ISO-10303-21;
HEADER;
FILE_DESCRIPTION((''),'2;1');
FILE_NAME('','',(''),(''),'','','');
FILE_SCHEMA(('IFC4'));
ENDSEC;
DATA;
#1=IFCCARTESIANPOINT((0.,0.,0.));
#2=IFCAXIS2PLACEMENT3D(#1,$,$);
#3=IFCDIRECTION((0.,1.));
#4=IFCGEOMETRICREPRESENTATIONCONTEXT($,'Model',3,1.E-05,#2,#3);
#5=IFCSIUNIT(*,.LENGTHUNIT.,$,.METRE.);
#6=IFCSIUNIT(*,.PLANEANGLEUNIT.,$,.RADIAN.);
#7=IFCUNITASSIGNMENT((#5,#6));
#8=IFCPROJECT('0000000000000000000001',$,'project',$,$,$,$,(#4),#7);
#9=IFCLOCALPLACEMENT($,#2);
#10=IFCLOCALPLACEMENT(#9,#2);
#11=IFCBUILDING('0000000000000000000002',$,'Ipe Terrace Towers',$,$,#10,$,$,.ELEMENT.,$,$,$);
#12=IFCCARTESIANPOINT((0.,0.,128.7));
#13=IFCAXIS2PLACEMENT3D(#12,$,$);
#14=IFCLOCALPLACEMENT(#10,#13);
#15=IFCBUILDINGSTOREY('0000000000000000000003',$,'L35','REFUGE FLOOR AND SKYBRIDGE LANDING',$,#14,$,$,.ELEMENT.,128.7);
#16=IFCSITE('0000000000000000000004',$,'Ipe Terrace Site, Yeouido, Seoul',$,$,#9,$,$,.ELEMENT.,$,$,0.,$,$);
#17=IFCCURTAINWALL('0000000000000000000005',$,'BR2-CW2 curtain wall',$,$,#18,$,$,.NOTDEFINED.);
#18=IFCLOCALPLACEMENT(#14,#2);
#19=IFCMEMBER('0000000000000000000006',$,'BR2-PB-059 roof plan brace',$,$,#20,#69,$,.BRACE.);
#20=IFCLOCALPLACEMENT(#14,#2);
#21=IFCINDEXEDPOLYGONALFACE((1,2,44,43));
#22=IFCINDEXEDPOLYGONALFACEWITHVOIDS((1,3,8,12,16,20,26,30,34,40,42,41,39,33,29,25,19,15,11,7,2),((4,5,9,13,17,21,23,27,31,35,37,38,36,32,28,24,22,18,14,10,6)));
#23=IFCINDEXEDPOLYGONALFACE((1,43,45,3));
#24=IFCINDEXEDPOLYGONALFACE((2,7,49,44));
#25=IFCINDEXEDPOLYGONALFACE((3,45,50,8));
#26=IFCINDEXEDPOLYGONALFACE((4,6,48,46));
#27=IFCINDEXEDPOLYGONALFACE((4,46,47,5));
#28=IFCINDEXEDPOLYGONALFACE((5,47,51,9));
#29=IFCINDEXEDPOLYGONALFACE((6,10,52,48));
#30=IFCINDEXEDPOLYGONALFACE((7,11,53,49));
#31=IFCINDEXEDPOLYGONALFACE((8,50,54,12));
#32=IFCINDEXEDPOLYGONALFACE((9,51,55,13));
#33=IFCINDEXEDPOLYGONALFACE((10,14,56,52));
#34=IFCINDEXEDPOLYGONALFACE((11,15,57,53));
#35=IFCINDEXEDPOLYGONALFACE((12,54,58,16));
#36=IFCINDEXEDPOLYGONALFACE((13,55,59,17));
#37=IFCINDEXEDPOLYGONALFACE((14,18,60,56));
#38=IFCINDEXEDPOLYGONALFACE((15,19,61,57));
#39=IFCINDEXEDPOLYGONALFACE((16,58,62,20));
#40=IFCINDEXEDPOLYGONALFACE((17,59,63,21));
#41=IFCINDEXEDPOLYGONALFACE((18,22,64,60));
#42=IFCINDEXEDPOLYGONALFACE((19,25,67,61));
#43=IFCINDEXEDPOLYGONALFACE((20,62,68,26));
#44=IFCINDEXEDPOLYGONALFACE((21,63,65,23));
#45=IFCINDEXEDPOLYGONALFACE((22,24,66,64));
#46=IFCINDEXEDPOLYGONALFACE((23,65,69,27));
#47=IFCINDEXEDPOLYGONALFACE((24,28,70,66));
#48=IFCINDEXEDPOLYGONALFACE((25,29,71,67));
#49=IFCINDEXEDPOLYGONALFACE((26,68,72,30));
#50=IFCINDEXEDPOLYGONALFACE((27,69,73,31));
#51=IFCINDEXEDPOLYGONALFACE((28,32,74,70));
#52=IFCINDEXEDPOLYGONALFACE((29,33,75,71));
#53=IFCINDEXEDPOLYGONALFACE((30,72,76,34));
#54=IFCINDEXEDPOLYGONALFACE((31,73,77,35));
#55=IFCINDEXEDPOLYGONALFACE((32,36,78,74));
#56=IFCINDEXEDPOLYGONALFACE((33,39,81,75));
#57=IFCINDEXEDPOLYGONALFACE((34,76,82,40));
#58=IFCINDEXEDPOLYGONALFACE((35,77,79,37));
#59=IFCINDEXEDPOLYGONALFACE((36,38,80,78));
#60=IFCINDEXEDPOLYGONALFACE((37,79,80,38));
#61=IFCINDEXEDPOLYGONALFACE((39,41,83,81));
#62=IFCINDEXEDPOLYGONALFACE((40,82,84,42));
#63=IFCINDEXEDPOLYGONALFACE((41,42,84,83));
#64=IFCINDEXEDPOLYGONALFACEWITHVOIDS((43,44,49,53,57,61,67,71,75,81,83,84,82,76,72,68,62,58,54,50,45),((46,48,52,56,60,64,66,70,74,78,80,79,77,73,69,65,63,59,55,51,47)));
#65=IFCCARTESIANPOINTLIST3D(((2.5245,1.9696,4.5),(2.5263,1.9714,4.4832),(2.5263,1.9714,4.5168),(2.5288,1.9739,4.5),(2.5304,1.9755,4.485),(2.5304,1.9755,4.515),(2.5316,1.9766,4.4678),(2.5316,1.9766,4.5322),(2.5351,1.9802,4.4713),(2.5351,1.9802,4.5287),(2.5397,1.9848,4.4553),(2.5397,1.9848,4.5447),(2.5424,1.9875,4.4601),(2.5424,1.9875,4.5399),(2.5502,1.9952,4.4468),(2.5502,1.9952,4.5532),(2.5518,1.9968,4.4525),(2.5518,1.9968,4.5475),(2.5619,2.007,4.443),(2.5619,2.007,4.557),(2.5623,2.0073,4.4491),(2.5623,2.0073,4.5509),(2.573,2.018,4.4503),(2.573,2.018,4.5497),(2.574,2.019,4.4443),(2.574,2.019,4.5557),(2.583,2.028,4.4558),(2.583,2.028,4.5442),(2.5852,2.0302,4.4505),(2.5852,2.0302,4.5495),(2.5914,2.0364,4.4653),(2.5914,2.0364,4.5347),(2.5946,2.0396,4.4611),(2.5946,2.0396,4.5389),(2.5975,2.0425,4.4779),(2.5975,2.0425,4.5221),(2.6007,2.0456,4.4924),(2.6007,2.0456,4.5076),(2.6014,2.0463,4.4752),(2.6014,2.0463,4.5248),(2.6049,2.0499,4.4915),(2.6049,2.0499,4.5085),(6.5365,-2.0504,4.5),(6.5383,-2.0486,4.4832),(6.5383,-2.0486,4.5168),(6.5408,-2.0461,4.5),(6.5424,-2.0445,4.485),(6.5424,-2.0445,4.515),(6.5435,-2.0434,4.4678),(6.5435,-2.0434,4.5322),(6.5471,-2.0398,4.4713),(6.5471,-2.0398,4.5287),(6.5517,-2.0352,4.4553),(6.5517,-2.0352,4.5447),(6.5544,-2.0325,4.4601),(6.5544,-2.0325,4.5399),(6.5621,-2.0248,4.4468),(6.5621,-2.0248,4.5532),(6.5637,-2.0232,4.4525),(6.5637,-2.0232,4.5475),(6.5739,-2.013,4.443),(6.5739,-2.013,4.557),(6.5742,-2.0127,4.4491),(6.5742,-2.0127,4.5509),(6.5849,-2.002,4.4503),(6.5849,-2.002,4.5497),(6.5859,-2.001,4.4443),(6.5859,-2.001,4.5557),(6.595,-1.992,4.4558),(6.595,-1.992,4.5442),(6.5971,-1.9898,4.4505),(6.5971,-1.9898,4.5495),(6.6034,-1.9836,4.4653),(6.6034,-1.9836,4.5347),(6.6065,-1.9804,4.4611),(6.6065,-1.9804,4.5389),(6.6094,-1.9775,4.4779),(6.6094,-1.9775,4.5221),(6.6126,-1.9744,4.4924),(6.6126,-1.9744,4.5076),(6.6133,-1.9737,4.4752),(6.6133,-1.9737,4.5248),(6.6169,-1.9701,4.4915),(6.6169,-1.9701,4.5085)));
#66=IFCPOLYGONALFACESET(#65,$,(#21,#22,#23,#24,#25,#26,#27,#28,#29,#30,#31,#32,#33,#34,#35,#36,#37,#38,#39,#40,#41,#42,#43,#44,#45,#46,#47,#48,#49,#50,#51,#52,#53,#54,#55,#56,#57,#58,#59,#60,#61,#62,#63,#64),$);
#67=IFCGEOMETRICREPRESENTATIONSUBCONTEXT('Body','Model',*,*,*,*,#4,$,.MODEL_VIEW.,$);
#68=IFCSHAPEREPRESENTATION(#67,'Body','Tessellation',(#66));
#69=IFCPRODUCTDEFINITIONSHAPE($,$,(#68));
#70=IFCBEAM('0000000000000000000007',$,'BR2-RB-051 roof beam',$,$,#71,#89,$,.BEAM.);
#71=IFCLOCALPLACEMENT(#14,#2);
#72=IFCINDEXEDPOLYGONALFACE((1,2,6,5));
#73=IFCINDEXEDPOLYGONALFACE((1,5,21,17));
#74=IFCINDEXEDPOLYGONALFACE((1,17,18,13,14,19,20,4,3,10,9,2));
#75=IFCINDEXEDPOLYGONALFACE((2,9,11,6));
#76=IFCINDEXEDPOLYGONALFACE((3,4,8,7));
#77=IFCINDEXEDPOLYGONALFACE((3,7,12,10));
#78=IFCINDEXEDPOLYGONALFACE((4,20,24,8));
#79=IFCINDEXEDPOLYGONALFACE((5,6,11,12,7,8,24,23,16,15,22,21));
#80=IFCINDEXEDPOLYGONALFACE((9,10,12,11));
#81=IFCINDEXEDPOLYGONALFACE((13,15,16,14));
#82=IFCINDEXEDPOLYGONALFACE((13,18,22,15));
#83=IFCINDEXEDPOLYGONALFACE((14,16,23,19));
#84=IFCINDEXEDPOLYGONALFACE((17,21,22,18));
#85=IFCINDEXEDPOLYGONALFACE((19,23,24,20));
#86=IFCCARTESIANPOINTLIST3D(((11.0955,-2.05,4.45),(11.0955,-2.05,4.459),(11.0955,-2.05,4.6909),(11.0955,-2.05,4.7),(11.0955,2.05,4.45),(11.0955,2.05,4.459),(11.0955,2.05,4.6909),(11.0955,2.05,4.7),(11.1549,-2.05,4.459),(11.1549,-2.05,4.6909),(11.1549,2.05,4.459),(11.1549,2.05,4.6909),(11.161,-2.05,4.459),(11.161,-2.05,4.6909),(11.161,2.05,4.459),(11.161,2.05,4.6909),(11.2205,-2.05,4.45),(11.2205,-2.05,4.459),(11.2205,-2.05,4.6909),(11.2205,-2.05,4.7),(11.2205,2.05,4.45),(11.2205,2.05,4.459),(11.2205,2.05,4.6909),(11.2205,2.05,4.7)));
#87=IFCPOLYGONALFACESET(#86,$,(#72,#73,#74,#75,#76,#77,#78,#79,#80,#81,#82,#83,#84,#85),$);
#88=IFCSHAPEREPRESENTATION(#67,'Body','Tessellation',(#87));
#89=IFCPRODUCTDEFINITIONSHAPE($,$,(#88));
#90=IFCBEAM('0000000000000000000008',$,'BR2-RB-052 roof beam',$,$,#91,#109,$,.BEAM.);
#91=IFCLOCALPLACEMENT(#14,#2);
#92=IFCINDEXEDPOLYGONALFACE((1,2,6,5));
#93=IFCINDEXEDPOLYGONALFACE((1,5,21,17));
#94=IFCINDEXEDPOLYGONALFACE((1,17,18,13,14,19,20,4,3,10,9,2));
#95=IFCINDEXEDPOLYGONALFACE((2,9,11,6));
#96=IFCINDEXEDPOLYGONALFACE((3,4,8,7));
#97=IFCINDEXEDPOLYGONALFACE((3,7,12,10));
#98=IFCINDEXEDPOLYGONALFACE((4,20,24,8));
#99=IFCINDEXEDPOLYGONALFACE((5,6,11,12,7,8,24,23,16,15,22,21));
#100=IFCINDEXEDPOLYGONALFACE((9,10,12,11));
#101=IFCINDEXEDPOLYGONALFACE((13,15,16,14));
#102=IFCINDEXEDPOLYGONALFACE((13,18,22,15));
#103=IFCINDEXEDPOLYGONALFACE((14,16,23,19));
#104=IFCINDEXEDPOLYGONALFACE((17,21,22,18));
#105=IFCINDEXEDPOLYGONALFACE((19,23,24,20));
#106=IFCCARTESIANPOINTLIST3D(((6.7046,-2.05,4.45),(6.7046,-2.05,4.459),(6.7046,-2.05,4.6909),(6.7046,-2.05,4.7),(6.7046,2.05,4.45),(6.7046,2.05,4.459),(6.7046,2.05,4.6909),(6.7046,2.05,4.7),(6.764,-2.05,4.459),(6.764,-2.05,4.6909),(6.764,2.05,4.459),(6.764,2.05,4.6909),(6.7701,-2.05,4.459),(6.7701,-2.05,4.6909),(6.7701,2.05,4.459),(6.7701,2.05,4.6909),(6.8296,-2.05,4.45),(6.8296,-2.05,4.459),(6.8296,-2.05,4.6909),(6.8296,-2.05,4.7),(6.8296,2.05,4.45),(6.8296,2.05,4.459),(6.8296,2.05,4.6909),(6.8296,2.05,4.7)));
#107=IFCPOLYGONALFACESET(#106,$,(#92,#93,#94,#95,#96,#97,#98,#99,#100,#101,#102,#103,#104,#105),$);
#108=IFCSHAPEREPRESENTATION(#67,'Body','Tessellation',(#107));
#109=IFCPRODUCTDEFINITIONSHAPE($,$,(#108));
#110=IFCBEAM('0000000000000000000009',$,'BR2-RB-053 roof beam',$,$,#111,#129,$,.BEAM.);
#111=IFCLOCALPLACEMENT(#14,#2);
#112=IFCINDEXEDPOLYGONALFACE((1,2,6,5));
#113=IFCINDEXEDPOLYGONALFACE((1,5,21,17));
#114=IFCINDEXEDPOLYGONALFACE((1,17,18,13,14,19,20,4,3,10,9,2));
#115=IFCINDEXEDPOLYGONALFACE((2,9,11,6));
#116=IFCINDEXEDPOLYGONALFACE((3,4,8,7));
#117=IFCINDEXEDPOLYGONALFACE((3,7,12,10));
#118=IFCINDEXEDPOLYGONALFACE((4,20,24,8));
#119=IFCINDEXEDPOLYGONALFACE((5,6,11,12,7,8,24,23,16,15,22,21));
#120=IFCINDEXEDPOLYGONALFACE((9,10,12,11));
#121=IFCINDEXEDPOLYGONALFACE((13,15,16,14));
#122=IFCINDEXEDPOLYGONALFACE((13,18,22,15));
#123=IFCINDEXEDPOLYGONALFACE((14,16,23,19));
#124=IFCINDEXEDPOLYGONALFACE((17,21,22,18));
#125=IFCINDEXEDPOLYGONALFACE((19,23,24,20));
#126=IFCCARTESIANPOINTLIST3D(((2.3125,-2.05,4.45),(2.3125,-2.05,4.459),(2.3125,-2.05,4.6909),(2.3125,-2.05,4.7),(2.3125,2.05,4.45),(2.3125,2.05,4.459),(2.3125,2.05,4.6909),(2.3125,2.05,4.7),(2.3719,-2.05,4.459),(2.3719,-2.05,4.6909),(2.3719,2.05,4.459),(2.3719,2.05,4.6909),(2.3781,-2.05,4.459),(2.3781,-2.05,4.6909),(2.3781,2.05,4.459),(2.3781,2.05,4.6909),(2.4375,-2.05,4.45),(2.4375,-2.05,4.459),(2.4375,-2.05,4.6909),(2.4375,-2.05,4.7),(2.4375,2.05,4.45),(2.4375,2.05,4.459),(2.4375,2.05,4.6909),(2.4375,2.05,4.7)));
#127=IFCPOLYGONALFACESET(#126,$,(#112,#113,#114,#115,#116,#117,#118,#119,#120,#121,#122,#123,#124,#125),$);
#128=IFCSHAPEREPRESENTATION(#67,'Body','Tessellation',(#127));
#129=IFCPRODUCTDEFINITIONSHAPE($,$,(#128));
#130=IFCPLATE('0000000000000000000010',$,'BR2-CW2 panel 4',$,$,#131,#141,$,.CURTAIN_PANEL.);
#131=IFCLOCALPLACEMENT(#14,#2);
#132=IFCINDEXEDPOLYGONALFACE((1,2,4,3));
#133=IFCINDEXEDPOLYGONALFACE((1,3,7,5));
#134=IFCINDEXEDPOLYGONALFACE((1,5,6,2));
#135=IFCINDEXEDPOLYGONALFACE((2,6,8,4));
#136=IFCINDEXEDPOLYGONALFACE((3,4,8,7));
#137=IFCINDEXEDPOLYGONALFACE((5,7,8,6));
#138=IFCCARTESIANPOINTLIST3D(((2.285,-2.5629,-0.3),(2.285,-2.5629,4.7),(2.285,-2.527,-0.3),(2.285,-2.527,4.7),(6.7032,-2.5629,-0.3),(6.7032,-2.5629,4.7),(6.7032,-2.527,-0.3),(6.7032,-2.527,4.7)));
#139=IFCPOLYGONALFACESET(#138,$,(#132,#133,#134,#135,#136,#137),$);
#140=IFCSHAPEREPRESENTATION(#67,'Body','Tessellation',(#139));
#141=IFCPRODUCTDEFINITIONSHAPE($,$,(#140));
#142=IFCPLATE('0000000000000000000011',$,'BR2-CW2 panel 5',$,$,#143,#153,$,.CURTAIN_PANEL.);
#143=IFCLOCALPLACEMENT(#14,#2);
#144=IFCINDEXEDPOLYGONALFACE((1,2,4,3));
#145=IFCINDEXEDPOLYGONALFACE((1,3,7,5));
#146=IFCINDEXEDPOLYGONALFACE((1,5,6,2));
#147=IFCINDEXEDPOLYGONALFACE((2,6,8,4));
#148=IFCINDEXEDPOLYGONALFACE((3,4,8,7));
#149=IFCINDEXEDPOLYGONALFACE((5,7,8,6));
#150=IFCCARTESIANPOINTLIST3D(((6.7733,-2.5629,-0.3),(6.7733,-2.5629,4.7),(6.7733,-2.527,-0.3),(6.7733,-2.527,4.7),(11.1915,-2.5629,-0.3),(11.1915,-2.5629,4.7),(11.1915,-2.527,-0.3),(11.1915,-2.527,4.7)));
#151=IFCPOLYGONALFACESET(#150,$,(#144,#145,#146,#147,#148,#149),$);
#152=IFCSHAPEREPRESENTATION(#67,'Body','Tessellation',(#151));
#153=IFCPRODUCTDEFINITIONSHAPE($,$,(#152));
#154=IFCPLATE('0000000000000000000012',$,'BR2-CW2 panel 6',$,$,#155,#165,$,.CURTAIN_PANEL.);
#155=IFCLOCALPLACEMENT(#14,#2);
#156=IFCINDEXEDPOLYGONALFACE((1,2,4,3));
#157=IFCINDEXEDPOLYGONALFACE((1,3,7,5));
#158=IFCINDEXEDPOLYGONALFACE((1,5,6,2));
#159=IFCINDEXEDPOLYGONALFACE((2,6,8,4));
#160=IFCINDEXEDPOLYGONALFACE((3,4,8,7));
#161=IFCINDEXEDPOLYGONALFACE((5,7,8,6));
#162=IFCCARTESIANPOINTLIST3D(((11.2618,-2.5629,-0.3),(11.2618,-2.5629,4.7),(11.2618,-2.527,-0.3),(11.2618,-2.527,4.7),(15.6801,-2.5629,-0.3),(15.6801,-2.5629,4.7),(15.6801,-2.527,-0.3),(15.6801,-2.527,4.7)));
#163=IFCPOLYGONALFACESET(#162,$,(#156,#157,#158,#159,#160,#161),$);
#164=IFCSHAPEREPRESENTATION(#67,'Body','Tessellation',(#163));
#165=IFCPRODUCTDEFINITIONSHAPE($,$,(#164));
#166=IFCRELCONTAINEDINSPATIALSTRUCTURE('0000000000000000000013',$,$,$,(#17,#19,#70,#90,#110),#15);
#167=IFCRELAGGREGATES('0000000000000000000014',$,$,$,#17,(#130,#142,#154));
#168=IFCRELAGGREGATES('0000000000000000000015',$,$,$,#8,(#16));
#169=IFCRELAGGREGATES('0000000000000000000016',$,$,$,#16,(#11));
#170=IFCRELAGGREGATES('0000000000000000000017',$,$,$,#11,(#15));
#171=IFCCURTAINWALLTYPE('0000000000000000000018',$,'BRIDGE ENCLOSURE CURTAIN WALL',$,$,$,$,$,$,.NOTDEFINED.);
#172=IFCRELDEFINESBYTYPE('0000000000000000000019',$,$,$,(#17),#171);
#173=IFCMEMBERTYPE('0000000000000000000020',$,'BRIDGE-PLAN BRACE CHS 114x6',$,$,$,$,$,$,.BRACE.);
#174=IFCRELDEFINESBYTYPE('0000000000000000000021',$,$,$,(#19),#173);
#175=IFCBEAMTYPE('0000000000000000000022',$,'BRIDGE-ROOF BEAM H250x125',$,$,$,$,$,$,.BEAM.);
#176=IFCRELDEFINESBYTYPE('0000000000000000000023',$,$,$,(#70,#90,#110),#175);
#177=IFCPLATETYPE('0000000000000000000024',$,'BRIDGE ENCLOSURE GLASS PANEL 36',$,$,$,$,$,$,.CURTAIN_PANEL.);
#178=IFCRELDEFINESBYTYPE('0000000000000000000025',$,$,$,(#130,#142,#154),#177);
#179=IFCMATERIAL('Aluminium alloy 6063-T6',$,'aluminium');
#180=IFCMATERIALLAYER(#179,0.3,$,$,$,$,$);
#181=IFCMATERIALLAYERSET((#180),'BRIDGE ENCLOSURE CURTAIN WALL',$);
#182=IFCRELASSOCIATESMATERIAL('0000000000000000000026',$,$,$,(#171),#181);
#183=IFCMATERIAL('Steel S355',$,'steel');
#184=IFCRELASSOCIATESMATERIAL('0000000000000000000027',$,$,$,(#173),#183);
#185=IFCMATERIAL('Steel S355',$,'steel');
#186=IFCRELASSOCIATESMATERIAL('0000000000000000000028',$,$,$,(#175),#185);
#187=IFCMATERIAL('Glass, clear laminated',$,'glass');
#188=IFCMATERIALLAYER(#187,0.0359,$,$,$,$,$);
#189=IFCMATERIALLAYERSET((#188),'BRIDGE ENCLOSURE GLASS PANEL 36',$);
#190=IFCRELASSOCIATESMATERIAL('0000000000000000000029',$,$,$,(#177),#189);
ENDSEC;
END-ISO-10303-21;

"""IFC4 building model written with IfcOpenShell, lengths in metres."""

from ifc_helpers import new_model, si_unit, direction, frame, origin, origin_2d, place, context, subcontext, project, spatial, rectangle, hollow_circle, i_section, extrude, material, layer, layer_set, material_profile, profile_set, type_object, element, aggregate, save


model = new_model("IFC4")

# Units and contexts
model_context = context("Model", 3, precision=1e-05, world=origin(), true_north=direction((0.0, 1.0)))
body_context = subcontext(model_context, "Body", "Model", "MODEL_VIEW")
ifc_project = project(units=[si_unit("LENGTHUNIT", "METRE"), si_unit("PLANEANGLEUNIT", "RADIAN")], contexts=[model_context])

# Site, building, storey
site_placement = place(None, origin())
site = spatial("IfcSite", under=ifc_project, at=site_placement, Name="Ipe Terrace Site, Yeouido, Seoul", CompositionType="ELEMENT", RefElevation=0.0)
building_placement = place(site_placement, origin())
building = spatial("IfcBuilding", under=site, at=building_placement, Name="Ipe Terrace Towers", CompositionType="ELEMENT")
storey_placement = place(building_placement, frame((0.0, 0.0, 128.7)))
storey = spatial("IfcBuildingStorey", under=building, at=storey_placement, Name="L35", Description="REFUGE FLOOR AND SKYBRIDGE LANDING", CompositionType="ELEMENT", Elevation=128.7)

# Curtain wall
ifc_material_1 = material(Name="Aluminium alloy 6063-T6", Category="aluminium")
ifc_layer_1 = layer(ifc_material_1, 0.3)
ifc_layer_set_1 = layer_set([ifc_layer_1], Name="BRIDGE ENCLOSURE CURTAIN WALL")
curtain_wall_type = type_object("IfcCurtainWallType", Name="BRIDGE ENCLOSURE CURTAIN WALL", PredefinedType="NOTDEFINED", material=ifc_layer_set_1)
curtain_wall_placement = place(storey_placement, origin())
curtain_wall = element("IfcCurtainWall", 1, at=curtain_wall_placement, inside=storey, type_object=curtain_wall_type, Name="BR2-CW2 curtain wall", PredefinedType="NOTDEFINED")

# Member
ifc_material_2 = material(Name="Steel S355", Category="steel")
ifc_material_profile_1 = material_profile(ifc_material_2, hollow_circle(Radius=0.0571, WallThickness=0.0061, at=origin_2d()), Name="BRIDGE-PLAN BRACE CHS 114x6")
ifc_profile_set_1 = profile_set([ifc_material_profile_1], Name="Steel S355")
member_type_1 = type_object("IfcMemberType", Name="BRIDGE-PLAN BRACE CHS 114x6", PredefinedType="BRACE", material=ifc_profile_set_1)
member_1_placement = place(storey_placement, frame((6.5769, -2.01, 4.5), z_axis=(-0.706397, 0.707816, 0.0), x_axis=(-0.707816, -0.706397, 0.0)))
element("IfcMember", 2, at=member_1_placement, inside=storey, type_object=member_type_1, Name="BR2-PB-059 roof plan brace", PredefinedType="BRACE", context=body_context, shape_type="SweptSolid", body=[
    extrude(hollow_circle(Radius=0.0571, WallThickness=0.0061, at=origin_2d()), origin(), (0.0, 0.0, 1.0), 5.6794),
])

# Beams
ifc_material_3 = material(Name="Steel S355", Category="steel")
ifc_material_profile_2 = material_profile(ifc_material_3, i_section(OverallWidth=0.125, OverallDepth=0.25, WebThickness=0.0061, FlangeThickness=0.009, at=origin_2d()), Name="H250x125")
ifc_profile_set_2 = profile_set([ifc_material_profile_2], Name="Steel S355")
beam_type_1 = type_object("IfcBeamType", Name="BRIDGE-ROOF BEAM H250x125", PredefinedType="BEAM", material=ifc_profile_set_2)
for number, where, z_axis, x_axis, name in (
    (3, (11.158, -2.05, 4.575), (0.0, 1.0, 0.0), (-1.0, 0.0, 0.0), "BR2-RB-051 roof beam"),
    (4, (6.7671, -2.05, 4.575), (0.0, 1.0, 0.0), (-1.0, 0.0, 0.0), "BR2-RB-052 roof beam"),
    (5, (2.375, -2.05, 4.575), (0.0, 1.0, 0.0), (-1.0, 0.0, 0.0), "BR2-RB-053 roof beam"),
):
    element("IfcBeam", number, at=place(storey_placement, frame(where, z_axis=z_axis, x_axis=x_axis)), inside=storey, type_object=beam_type_1, Name=name, PredefinedType="BEAM", context=body_context, shape_type="SweptSolid", body=[
        extrude(i_section(OverallWidth=0.125, OverallDepth=0.25, WebThickness=0.0061, FlangeThickness=0.009, at=origin_2d()), origin(), (0.0, 0.0, 1.0), 4.1001),
    ])

# Plates
ifc_material_4 = material(Name="Glass, clear laminated", Category="glass")
ifc_layer_2 = layer(ifc_material_4, 0.0359)
ifc_layer_set_2 = layer_set([ifc_layer_2], Name="BRIDGE ENCLOSURE GLASS PANEL 36")
plate_type = type_object("IfcPlateType", Name="BRIDGE ENCLOSURE GLASS PANEL 36", PredefinedType="CURTAIN_PANEL", material=ifc_layer_set_2)
plate_1_placement = place(storey_placement, frame((4.4941, -2.5449, -0.3), z_axis=(0.0, 0.0, 1.0), x_axis=(1.0, 0.0, 0.0)))
plate_1 = element("IfcPlate", 6, at=plate_1_placement, type_object=plate_type, Name="BR2-CW2 panel 4", PredefinedType="CURTAIN_PANEL", context=body_context, shape_type="SweptSolid", body=[
    extrude(rectangle(XDim=4.4182, YDim=0.0359, at=origin_2d()), origin(), (0.0, 0.0, 1.0), 5.0),
])
plate_2_placement = place(storey_placement, frame((8.9824, -2.5449, -0.3), z_axis=(0.0, 0.0, 1.0), x_axis=(1.0, 0.0, 0.0)))
plate_2 = element("IfcPlate", 7, at=plate_2_placement, type_object=plate_type, Name="BR2-CW2 panel 5", PredefinedType="CURTAIN_PANEL", context=body_context, shape_type="SweptSolid", body=[
    extrude(rectangle(XDim=4.4182, YDim=0.0359, at=origin_2d()), origin(), (0.0, 0.0, 1.0), 5.0),
])
plate_3_placement = place(storey_placement, frame((13.4709, -2.5449, -0.3), z_axis=(0.0, 0.0, 1.0), x_axis=(1.0, 0.0, 0.0)))
plate_3 = element("IfcPlate", 8, at=plate_3_placement, type_object=plate_type, Name="BR2-CW2 panel 6", PredefinedType="CURTAIN_PANEL", context=body_context, shape_type="SweptSolid", body=[
    extrude(rectangle(XDim=4.4182, YDim=0.0359, at=origin_2d()), origin(), (0.0, 0.0, 1.0), 5.0),
])
aggregate(curtain_wall, [plate_1, plate_2, plate_3])

save(model, "model.ifc")
